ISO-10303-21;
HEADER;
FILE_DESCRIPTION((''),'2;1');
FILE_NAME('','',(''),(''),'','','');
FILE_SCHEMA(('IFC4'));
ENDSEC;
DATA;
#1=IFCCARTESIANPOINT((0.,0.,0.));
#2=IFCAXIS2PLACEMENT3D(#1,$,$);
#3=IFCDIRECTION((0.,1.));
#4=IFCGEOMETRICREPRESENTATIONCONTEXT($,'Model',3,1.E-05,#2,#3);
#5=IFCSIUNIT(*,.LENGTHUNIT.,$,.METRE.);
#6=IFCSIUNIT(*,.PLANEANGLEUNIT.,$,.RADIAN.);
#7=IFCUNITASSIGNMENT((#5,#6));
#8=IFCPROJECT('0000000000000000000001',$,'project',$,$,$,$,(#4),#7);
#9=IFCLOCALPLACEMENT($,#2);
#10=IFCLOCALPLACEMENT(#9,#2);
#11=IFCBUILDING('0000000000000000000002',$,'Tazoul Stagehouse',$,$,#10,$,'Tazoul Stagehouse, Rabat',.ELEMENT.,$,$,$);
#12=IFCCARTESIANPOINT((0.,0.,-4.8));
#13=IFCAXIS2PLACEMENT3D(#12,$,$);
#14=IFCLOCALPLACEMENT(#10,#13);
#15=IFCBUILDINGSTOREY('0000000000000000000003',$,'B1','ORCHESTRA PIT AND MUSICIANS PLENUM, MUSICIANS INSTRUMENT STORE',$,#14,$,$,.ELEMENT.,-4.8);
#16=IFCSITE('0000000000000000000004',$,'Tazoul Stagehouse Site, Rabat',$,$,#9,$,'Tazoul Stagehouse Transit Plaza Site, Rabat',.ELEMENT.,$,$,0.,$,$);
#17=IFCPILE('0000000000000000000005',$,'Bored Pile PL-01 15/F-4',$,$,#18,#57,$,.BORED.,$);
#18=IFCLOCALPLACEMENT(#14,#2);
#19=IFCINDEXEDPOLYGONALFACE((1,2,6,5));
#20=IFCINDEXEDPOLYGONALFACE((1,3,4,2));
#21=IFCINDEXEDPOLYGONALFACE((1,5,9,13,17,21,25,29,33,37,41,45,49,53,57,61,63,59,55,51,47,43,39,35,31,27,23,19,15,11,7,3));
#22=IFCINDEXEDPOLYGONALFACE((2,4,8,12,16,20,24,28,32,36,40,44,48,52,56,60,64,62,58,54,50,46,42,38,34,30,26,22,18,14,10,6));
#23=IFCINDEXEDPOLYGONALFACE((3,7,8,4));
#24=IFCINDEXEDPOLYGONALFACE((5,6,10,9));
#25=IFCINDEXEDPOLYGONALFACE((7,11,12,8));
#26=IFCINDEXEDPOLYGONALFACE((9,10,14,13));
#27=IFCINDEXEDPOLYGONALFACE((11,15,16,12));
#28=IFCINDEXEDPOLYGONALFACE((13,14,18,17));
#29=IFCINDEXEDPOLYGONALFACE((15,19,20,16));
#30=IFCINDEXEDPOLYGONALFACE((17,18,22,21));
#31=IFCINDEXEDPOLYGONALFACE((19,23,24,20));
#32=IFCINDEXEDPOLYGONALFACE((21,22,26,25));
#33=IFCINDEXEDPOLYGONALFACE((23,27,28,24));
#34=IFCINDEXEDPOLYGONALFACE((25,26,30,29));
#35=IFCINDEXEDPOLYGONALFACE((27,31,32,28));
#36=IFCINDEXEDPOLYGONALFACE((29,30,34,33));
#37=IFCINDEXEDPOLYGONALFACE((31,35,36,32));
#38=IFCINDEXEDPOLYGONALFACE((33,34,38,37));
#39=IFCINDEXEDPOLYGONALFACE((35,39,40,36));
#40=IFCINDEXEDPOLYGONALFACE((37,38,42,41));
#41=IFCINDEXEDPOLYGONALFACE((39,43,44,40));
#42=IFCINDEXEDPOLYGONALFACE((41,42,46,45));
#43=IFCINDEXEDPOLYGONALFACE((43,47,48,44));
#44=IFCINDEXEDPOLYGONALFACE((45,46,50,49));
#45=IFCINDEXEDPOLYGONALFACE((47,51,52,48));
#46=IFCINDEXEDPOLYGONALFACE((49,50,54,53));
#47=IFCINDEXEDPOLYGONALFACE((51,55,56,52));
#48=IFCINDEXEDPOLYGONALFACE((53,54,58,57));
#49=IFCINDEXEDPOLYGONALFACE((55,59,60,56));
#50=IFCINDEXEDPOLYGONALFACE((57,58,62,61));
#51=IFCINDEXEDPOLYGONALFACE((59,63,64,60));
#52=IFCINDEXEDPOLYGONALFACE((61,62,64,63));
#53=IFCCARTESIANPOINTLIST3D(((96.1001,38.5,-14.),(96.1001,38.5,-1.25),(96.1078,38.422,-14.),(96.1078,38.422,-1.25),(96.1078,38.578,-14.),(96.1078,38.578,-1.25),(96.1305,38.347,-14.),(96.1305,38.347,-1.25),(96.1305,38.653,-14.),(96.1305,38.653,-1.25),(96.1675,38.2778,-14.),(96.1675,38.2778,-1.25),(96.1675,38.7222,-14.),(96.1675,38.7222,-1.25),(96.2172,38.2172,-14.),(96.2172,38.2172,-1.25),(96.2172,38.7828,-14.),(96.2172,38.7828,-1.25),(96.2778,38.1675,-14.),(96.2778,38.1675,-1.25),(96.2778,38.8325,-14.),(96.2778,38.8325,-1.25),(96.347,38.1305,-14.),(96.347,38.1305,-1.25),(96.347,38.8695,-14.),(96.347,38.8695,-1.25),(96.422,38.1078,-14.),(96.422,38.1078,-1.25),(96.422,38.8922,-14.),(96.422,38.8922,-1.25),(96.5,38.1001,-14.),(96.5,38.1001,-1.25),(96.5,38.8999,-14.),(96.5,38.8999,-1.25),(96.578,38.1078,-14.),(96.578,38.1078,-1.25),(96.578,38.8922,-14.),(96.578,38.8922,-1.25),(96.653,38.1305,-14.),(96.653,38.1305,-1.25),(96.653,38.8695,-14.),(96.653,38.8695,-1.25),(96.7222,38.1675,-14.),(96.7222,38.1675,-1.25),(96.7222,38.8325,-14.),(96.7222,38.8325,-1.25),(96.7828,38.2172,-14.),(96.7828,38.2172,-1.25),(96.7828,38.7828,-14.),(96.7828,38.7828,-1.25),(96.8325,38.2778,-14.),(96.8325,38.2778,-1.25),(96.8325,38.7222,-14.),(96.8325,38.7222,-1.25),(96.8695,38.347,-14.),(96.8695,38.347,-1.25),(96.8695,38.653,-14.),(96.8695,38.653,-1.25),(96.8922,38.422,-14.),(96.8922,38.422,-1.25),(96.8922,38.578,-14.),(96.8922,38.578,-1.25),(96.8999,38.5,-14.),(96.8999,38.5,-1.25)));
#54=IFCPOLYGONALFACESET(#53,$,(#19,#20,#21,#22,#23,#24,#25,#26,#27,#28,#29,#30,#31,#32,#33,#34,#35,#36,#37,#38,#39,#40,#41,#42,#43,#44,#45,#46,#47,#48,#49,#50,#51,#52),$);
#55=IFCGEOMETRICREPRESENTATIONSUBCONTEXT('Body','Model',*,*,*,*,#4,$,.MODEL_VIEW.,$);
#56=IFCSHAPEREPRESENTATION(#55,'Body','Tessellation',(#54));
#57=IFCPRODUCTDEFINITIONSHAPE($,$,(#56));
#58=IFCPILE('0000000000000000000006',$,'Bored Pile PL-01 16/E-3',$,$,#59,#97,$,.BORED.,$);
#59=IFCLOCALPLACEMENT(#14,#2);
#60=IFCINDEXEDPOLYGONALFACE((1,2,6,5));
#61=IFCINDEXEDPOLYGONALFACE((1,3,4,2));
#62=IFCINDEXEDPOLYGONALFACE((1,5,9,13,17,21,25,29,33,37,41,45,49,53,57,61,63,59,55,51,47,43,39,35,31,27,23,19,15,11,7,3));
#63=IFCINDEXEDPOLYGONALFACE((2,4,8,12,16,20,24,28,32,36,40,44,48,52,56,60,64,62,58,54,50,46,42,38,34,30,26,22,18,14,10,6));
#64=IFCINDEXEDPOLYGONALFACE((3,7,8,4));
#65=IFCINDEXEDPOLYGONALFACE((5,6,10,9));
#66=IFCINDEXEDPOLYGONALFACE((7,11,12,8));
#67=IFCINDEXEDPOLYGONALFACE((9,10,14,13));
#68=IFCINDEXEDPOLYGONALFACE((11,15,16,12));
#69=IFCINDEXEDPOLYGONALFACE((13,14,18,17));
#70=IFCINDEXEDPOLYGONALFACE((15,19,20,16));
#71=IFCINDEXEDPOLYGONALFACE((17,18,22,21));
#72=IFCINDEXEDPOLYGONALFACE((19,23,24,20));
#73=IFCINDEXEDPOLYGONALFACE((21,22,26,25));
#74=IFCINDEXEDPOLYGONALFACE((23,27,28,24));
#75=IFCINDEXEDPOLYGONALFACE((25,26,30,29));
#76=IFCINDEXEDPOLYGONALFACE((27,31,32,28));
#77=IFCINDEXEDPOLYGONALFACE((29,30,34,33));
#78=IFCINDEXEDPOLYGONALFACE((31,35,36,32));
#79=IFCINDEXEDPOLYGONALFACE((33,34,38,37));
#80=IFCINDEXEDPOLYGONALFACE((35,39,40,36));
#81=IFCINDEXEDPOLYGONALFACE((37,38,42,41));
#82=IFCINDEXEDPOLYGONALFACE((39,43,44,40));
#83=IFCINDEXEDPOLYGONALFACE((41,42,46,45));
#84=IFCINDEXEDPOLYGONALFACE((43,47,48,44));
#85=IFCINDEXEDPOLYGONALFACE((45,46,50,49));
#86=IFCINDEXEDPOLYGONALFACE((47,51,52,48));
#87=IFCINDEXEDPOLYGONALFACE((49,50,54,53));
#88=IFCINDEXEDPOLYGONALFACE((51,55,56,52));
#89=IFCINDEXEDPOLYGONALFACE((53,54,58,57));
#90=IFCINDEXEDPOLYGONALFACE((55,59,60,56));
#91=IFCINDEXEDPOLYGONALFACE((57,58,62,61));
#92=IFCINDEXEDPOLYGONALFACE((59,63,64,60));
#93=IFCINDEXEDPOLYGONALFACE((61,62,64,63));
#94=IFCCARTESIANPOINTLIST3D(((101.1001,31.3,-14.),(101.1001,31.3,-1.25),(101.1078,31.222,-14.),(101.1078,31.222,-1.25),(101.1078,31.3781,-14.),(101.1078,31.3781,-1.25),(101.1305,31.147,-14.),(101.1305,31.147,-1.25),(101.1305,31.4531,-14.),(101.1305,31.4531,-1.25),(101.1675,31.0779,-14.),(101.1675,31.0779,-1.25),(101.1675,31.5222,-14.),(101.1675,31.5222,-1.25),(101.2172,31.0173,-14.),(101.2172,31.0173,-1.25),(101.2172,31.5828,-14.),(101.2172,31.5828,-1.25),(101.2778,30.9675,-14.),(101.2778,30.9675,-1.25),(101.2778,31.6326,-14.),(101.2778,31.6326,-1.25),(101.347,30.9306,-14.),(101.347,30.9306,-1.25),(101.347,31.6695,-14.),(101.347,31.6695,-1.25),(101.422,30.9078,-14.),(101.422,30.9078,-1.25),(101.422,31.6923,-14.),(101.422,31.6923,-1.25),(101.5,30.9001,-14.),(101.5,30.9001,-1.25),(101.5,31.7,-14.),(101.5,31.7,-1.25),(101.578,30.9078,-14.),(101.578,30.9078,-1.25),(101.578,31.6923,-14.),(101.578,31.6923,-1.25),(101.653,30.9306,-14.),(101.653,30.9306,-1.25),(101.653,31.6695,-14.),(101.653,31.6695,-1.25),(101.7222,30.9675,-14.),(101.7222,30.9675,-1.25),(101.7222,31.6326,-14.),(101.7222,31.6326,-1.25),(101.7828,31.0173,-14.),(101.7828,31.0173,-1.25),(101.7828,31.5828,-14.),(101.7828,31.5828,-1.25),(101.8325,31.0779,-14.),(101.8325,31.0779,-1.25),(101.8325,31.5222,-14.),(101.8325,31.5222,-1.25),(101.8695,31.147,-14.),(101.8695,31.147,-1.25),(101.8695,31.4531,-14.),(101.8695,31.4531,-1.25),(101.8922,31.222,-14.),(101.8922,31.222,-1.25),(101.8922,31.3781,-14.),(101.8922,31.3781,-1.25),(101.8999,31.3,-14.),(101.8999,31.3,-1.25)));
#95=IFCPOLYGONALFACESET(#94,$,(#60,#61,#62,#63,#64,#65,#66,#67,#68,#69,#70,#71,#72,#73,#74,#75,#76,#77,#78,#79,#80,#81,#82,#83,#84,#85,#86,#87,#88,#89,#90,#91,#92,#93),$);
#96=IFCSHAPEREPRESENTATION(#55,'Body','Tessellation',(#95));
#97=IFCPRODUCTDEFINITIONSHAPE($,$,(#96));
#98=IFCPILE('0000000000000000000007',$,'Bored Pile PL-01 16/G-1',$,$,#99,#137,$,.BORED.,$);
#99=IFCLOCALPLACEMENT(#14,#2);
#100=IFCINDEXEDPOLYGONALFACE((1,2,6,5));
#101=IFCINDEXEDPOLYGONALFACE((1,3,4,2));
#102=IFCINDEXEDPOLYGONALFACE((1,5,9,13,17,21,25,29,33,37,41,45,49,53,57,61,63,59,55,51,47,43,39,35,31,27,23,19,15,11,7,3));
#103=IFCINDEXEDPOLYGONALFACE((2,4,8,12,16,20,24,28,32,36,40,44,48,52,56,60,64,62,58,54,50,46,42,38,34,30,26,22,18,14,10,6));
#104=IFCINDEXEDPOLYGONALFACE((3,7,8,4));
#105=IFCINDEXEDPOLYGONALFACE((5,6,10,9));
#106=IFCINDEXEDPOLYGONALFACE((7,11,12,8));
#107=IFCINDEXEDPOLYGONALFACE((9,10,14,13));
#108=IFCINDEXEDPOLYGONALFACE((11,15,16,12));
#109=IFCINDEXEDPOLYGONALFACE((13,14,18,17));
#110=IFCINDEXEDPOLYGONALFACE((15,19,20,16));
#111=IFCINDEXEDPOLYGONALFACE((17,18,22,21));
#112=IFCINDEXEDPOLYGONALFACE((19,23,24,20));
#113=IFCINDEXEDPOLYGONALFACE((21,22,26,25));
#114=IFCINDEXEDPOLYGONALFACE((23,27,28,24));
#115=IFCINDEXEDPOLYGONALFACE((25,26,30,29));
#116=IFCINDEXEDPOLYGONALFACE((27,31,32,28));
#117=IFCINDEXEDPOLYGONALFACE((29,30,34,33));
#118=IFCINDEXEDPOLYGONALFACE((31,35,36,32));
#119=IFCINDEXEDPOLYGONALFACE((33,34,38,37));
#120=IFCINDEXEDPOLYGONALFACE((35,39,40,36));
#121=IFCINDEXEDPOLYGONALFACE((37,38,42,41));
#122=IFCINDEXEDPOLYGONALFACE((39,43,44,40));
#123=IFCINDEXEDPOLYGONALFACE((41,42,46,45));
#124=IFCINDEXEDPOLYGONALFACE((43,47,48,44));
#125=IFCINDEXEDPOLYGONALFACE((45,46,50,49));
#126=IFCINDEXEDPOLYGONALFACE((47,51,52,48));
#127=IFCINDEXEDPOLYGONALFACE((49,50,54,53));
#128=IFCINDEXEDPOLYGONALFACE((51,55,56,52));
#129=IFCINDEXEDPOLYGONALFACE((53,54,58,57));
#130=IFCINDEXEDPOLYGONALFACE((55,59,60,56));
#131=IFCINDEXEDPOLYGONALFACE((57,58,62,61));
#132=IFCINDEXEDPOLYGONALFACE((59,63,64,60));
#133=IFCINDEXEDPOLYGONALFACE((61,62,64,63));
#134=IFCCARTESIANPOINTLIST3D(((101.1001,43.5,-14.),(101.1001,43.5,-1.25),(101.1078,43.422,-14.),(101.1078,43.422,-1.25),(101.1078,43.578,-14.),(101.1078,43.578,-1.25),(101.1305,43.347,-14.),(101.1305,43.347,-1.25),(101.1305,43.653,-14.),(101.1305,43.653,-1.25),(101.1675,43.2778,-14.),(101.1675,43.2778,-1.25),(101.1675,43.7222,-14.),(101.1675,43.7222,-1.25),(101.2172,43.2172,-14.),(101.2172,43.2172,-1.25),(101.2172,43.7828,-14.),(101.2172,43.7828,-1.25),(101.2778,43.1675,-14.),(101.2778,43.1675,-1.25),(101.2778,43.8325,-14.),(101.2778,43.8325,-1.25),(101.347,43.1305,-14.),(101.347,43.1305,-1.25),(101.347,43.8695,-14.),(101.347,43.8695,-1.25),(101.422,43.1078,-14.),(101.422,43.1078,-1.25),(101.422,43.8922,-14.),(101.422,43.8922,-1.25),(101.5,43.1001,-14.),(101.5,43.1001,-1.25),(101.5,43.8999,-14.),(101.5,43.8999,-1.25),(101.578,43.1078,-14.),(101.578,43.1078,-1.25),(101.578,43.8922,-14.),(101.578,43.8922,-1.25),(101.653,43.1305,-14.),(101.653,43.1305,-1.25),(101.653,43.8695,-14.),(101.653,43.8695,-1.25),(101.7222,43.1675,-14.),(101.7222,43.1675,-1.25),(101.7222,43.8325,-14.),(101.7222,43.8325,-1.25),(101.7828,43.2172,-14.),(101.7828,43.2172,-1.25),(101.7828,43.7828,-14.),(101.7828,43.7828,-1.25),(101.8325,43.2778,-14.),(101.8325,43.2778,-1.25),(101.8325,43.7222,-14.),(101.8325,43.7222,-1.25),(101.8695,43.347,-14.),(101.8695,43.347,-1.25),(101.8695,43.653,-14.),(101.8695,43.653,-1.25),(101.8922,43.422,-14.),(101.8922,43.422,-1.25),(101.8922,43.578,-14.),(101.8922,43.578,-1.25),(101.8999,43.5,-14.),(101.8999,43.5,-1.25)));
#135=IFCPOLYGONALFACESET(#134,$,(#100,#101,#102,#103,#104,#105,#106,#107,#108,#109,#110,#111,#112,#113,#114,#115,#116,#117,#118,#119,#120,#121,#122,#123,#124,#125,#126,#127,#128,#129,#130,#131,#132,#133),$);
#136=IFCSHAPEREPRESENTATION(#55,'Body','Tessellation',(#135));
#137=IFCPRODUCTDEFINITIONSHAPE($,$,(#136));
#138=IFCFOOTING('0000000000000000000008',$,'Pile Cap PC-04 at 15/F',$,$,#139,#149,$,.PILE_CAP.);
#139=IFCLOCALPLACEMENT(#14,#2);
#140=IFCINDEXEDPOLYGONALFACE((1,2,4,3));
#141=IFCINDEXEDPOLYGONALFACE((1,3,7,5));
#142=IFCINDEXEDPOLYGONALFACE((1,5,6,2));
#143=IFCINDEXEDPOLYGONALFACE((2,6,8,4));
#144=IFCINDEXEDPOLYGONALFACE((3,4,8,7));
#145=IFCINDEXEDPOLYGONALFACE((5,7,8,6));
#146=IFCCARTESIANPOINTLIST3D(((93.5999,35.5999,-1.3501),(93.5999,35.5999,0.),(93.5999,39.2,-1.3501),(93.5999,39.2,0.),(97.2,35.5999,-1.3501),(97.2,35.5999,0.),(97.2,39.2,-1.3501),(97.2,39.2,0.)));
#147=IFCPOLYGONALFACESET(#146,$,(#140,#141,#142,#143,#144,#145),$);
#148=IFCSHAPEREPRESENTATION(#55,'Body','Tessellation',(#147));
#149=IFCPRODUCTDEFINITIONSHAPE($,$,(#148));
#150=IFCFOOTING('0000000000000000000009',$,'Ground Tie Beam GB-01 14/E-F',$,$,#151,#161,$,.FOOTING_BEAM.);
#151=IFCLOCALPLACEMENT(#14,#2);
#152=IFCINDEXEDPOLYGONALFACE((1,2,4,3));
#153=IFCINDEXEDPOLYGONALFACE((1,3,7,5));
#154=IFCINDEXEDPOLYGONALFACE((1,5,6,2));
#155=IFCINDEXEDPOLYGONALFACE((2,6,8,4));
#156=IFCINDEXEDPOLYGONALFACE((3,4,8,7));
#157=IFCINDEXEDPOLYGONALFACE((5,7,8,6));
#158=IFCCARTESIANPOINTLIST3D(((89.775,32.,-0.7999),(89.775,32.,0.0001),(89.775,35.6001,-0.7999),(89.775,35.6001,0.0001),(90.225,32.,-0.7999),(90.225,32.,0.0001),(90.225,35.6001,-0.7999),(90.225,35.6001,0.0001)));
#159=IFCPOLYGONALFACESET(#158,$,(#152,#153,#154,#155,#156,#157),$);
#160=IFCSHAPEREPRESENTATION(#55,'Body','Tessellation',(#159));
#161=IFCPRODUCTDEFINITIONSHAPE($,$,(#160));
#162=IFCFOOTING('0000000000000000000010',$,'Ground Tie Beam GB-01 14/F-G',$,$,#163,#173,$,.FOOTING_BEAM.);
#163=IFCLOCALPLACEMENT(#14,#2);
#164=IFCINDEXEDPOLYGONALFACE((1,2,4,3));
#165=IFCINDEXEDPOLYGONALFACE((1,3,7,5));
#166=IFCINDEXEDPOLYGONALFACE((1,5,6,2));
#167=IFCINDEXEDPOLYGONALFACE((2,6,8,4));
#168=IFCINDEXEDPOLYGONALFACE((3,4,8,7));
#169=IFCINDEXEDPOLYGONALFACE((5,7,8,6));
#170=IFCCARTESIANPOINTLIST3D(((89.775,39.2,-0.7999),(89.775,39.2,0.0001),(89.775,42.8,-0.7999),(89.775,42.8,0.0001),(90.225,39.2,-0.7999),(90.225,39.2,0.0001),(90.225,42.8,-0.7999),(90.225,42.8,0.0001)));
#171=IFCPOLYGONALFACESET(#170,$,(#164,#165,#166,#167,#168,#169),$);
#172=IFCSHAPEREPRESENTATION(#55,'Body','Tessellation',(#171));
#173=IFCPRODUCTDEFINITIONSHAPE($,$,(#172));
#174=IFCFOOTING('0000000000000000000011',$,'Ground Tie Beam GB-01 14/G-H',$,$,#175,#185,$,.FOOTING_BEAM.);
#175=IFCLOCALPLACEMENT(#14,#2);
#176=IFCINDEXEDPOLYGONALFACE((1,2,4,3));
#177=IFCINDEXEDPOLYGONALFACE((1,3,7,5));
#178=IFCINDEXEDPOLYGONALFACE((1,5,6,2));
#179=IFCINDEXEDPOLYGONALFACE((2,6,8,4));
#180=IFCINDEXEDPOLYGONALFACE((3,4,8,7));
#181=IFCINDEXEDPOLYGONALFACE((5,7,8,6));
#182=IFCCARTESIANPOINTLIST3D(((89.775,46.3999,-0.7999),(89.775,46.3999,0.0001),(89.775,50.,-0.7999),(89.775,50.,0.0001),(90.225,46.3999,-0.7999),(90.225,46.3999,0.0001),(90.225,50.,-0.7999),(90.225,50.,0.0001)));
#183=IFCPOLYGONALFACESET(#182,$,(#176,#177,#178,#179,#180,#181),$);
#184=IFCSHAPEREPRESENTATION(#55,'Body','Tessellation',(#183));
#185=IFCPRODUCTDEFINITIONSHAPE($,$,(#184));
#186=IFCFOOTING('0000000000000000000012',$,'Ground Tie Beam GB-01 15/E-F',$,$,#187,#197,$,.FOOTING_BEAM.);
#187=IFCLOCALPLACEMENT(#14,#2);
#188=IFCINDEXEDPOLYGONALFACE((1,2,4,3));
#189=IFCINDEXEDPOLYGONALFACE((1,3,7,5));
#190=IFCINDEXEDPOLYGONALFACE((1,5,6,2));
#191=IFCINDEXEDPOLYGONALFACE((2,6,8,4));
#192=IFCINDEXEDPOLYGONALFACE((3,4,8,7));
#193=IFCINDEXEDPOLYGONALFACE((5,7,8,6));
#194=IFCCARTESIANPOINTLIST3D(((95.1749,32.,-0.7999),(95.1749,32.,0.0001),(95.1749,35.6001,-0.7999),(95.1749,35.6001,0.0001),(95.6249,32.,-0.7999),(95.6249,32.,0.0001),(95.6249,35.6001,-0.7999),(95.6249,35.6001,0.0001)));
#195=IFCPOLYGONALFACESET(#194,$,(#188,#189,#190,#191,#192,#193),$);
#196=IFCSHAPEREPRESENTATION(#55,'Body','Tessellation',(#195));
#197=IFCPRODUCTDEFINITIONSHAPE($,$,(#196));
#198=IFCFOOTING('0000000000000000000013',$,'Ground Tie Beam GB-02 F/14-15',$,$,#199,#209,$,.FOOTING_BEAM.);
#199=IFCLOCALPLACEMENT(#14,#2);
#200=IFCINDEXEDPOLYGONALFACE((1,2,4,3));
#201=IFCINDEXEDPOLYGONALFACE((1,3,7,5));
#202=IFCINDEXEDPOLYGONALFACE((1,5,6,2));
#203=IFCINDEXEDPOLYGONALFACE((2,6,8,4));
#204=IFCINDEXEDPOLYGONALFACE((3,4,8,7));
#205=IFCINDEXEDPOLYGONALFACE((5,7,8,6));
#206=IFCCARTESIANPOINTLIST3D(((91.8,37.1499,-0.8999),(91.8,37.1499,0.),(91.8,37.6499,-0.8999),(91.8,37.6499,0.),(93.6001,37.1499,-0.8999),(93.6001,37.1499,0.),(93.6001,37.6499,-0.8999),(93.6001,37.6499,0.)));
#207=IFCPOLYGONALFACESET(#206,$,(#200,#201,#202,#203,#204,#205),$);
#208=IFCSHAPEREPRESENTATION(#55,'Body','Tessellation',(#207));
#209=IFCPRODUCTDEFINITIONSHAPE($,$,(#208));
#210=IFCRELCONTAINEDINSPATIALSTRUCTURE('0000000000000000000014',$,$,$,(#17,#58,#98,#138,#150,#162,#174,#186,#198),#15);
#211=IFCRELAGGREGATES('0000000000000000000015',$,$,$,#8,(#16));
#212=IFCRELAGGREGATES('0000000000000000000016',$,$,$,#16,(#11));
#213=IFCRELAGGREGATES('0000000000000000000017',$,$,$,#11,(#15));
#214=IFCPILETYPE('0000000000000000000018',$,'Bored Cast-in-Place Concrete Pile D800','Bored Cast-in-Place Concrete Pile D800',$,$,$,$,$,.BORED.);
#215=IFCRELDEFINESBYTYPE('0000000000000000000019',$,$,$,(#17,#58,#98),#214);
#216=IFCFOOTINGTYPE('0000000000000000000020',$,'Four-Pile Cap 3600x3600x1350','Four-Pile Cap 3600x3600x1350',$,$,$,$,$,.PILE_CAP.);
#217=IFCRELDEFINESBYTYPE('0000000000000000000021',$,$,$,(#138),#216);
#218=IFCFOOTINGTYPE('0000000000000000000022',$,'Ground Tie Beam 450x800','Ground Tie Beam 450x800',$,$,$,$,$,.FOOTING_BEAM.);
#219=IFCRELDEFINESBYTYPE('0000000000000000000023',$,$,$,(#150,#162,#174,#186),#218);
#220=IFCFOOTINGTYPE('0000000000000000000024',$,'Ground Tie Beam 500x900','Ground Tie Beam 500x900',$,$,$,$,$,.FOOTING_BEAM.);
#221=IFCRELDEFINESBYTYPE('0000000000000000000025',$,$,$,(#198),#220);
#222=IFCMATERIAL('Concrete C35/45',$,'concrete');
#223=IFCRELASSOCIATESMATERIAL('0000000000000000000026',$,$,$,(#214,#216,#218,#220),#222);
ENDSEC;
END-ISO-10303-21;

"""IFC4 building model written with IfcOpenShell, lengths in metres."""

from ifc_helpers import new_model, si_unit, direction, frame, origin, origin_2d, place, context, subcontext, project, spatial, rectangle, circle, extrude, material, material_profile, profile_set, type_object, element, save


model = new_model("IFC4")

# Units and contexts
model_context = context("Model", 3, precision=1e-05, world=origin(), true_north=direction((0.0, 1.0)))
body_context = subcontext(model_context, "Body", "Model", "MODEL_VIEW")
ifc_project = project(units=[si_unit("LENGTHUNIT", "METRE"), si_unit("PLANEANGLEUNIT", "RADIAN")], contexts=[model_context])

# Site, building, storey
site_placement = place(None, origin())
site = spatial("IfcSite", under=ifc_project, at=site_placement, Name="Tazoul Stagehouse Site, Rabat", LongName="Tazoul Stagehouse Transit Plaza Site, Rabat", CompositionType="ELEMENT", RefElevation=0.0)
building_placement = place(site_placement, origin())
building = spatial("IfcBuilding", under=site, at=building_placement, Name="Tazoul Stagehouse", LongName="Tazoul Stagehouse, Rabat", CompositionType="ELEMENT")
storey_placement = place(building_placement, frame((0.0, 0.0, -4.8)))
storey = spatial("IfcBuildingStorey", under=building, at=storey_placement, Name="B1", Description="ORCHESTRA PIT AND MUSICIANS PLENUM, MUSICIANS INSTRUMENT STORE", CompositionType="ELEMENT", Elevation=-4.8)

# Piles
ifc_material_1 = material(Name="Concrete C35/45", Category="concrete")
ifc_material_profile_1 = material_profile(ifc_material_1, circle(Radius=0.3999, at=origin_2d()), Name="BORED PILE 800")
ifc_profile_set_1 = profile_set([ifc_material_profile_1], Name="Concrete C35/45")
pile_type = type_object("IfcPileType", Name="Bored Cast-in-Place Concrete Pile D800", Description="Bored Cast-in-Place Concrete Pile D800", PredefinedType="BORED", material=ifc_profile_set_1)
for number, where, z_axis, x_axis, name in (
    (1, (96.5, 38.5, -1.25), (0.0, 0.0, -1.0), (1.0, 0.0, 0.0), "Bored Pile PL-01 15/F-4"),
    (2, (101.5, 31.3, -1.25), (0.0, 0.0, -1.0), (1.0, 0.0, 0.0), "Bored Pile PL-01 16/E-3"),
    (3, (101.5, 43.5, -1.25), (0.0, 0.0, -1.0), (1.0, 0.0, 0.0), "Bored Pile PL-01 16/G-1"),
):
    element("IfcPile", number, at=place(storey_placement, frame(where, z_axis=z_axis, x_axis=x_axis)), inside=storey, type_object=pile_type, Name=name, PredefinedType="BORED", context=body_context, shape_type="SweptSolid", body=[
        extrude(circle(Radius=0.3999, at=origin_2d()), origin(), (0.0, 0.0, 1.0), 12.75),
    ])

# Footings
footing_type_1 = type_object("IfcFootingType", Name="Four-Pile Cap 3600x3600x1350", Description="Four-Pile Cap 3600x3600x1350", PredefinedType="PILE_CAP", material=ifc_material_1)
footing_1_placement = place(storey_placement, frame((95.3999, 37.3999, -1.3501), z_axis=(0.0, 0.0, 1.0), x_axis=(1.0, 0.0, 0.0)))
element("IfcFooting", 4, at=footing_1_placement, inside=storey, type_object=footing_type_1, Name="Pile Cap PC-04 at 15/F", PredefinedType="PILE_CAP", context=body_context, shape_type="SweptSolid", body=[
    extrude(rectangle(XDim=3.6001, YDim=3.6001, at=origin_2d()), origin(), (0.0, 0.0, 1.0), 1.3501),
])
ifc_material_profile_2 = material_profile(ifc_material_1, rectangle(XDim=0.45, YDim=0.8, at=origin_2d()), Name="RC 450x800")
ifc_profile_set_2 = profile_set([ifc_material_profile_2], Name="Concrete C35/45")
footing_type_2 = type_object("IfcFootingType", Name="Ground Tie Beam 450x800", Description="Ground Tie Beam 450x800", PredefinedType="FOOTING_BEAM", material=ifc_profile_set_2)
for number, where, z_axis, x_axis, name in (
    (5, (90.0, 32.0, -0.3999), (0.0, 1.0, 0.0), (-1.0, 0.0, 0.0), "Ground Tie Beam GB-01 14/E-F"),
    (6, (90.0, 39.2, -0.3999), (0.0, 1.0, 0.0), (-1.0, 0.0, 0.0), "Ground Tie Beam GB-01 14/F-G"),
    (7, (90.0, 46.3999, -0.3999), (0.0, 1.0, 0.0), (-1.0, 0.0, 0.0), "Ground Tie Beam GB-01 14/G-H"),
    (8, (95.3999, 32.0, -0.3999), (0.0, 1.0, 0.0), (-1.0, 0.0, 0.0), "Ground Tie Beam GB-01 15/E-F"),
):
    element("IfcFooting", number, at=place(storey_placement, frame(where, z_axis=z_axis, x_axis=x_axis)), inside=storey, type_object=footing_type_2, Name=name, PredefinedType="FOOTING_BEAM", context=body_context, shape_type="SweptSolid", body=[
        extrude(rectangle(XDim=0.45, YDim=0.8, at=origin_2d()), origin(), (0.0, 0.0, 1.0), 3.6001),
    ])
ifc_material_profile_3 = material_profile(ifc_material_1, rectangle(XDim=0.5, YDim=0.8999, at=origin_2d()), Name="RC 500x900")
ifc_profile_set_3 = profile_set([ifc_material_profile_3], Name="Concrete C35/45")
footing_type_3 = type_object("IfcFootingType", Name="Ground Tie Beam 500x900", Description="Ground Tie Beam 500x900", PredefinedType="FOOTING_BEAM", material=ifc_profile_set_3)
footing_2_placement = place(storey_placement, frame((91.8, 37.3999, -0.45), z_axis=(1.0, 0.0, 0.0), x_axis=(0.0, 1.0, 0.0)))
element("IfcFooting", 9, at=footing_2_placement, inside=storey, type_object=footing_type_3, Name="Ground Tie Beam GB-02 F/14-15", PredefinedType="FOOTING_BEAM", context=body_context, shape_type="SweptSolid", body=[
    extrude(rectangle(XDim=0.5, YDim=0.8999, at=origin_2d()), origin(), (0.0, 0.0, 1.0), 1.8),
])

save(model, "model.ifc")
